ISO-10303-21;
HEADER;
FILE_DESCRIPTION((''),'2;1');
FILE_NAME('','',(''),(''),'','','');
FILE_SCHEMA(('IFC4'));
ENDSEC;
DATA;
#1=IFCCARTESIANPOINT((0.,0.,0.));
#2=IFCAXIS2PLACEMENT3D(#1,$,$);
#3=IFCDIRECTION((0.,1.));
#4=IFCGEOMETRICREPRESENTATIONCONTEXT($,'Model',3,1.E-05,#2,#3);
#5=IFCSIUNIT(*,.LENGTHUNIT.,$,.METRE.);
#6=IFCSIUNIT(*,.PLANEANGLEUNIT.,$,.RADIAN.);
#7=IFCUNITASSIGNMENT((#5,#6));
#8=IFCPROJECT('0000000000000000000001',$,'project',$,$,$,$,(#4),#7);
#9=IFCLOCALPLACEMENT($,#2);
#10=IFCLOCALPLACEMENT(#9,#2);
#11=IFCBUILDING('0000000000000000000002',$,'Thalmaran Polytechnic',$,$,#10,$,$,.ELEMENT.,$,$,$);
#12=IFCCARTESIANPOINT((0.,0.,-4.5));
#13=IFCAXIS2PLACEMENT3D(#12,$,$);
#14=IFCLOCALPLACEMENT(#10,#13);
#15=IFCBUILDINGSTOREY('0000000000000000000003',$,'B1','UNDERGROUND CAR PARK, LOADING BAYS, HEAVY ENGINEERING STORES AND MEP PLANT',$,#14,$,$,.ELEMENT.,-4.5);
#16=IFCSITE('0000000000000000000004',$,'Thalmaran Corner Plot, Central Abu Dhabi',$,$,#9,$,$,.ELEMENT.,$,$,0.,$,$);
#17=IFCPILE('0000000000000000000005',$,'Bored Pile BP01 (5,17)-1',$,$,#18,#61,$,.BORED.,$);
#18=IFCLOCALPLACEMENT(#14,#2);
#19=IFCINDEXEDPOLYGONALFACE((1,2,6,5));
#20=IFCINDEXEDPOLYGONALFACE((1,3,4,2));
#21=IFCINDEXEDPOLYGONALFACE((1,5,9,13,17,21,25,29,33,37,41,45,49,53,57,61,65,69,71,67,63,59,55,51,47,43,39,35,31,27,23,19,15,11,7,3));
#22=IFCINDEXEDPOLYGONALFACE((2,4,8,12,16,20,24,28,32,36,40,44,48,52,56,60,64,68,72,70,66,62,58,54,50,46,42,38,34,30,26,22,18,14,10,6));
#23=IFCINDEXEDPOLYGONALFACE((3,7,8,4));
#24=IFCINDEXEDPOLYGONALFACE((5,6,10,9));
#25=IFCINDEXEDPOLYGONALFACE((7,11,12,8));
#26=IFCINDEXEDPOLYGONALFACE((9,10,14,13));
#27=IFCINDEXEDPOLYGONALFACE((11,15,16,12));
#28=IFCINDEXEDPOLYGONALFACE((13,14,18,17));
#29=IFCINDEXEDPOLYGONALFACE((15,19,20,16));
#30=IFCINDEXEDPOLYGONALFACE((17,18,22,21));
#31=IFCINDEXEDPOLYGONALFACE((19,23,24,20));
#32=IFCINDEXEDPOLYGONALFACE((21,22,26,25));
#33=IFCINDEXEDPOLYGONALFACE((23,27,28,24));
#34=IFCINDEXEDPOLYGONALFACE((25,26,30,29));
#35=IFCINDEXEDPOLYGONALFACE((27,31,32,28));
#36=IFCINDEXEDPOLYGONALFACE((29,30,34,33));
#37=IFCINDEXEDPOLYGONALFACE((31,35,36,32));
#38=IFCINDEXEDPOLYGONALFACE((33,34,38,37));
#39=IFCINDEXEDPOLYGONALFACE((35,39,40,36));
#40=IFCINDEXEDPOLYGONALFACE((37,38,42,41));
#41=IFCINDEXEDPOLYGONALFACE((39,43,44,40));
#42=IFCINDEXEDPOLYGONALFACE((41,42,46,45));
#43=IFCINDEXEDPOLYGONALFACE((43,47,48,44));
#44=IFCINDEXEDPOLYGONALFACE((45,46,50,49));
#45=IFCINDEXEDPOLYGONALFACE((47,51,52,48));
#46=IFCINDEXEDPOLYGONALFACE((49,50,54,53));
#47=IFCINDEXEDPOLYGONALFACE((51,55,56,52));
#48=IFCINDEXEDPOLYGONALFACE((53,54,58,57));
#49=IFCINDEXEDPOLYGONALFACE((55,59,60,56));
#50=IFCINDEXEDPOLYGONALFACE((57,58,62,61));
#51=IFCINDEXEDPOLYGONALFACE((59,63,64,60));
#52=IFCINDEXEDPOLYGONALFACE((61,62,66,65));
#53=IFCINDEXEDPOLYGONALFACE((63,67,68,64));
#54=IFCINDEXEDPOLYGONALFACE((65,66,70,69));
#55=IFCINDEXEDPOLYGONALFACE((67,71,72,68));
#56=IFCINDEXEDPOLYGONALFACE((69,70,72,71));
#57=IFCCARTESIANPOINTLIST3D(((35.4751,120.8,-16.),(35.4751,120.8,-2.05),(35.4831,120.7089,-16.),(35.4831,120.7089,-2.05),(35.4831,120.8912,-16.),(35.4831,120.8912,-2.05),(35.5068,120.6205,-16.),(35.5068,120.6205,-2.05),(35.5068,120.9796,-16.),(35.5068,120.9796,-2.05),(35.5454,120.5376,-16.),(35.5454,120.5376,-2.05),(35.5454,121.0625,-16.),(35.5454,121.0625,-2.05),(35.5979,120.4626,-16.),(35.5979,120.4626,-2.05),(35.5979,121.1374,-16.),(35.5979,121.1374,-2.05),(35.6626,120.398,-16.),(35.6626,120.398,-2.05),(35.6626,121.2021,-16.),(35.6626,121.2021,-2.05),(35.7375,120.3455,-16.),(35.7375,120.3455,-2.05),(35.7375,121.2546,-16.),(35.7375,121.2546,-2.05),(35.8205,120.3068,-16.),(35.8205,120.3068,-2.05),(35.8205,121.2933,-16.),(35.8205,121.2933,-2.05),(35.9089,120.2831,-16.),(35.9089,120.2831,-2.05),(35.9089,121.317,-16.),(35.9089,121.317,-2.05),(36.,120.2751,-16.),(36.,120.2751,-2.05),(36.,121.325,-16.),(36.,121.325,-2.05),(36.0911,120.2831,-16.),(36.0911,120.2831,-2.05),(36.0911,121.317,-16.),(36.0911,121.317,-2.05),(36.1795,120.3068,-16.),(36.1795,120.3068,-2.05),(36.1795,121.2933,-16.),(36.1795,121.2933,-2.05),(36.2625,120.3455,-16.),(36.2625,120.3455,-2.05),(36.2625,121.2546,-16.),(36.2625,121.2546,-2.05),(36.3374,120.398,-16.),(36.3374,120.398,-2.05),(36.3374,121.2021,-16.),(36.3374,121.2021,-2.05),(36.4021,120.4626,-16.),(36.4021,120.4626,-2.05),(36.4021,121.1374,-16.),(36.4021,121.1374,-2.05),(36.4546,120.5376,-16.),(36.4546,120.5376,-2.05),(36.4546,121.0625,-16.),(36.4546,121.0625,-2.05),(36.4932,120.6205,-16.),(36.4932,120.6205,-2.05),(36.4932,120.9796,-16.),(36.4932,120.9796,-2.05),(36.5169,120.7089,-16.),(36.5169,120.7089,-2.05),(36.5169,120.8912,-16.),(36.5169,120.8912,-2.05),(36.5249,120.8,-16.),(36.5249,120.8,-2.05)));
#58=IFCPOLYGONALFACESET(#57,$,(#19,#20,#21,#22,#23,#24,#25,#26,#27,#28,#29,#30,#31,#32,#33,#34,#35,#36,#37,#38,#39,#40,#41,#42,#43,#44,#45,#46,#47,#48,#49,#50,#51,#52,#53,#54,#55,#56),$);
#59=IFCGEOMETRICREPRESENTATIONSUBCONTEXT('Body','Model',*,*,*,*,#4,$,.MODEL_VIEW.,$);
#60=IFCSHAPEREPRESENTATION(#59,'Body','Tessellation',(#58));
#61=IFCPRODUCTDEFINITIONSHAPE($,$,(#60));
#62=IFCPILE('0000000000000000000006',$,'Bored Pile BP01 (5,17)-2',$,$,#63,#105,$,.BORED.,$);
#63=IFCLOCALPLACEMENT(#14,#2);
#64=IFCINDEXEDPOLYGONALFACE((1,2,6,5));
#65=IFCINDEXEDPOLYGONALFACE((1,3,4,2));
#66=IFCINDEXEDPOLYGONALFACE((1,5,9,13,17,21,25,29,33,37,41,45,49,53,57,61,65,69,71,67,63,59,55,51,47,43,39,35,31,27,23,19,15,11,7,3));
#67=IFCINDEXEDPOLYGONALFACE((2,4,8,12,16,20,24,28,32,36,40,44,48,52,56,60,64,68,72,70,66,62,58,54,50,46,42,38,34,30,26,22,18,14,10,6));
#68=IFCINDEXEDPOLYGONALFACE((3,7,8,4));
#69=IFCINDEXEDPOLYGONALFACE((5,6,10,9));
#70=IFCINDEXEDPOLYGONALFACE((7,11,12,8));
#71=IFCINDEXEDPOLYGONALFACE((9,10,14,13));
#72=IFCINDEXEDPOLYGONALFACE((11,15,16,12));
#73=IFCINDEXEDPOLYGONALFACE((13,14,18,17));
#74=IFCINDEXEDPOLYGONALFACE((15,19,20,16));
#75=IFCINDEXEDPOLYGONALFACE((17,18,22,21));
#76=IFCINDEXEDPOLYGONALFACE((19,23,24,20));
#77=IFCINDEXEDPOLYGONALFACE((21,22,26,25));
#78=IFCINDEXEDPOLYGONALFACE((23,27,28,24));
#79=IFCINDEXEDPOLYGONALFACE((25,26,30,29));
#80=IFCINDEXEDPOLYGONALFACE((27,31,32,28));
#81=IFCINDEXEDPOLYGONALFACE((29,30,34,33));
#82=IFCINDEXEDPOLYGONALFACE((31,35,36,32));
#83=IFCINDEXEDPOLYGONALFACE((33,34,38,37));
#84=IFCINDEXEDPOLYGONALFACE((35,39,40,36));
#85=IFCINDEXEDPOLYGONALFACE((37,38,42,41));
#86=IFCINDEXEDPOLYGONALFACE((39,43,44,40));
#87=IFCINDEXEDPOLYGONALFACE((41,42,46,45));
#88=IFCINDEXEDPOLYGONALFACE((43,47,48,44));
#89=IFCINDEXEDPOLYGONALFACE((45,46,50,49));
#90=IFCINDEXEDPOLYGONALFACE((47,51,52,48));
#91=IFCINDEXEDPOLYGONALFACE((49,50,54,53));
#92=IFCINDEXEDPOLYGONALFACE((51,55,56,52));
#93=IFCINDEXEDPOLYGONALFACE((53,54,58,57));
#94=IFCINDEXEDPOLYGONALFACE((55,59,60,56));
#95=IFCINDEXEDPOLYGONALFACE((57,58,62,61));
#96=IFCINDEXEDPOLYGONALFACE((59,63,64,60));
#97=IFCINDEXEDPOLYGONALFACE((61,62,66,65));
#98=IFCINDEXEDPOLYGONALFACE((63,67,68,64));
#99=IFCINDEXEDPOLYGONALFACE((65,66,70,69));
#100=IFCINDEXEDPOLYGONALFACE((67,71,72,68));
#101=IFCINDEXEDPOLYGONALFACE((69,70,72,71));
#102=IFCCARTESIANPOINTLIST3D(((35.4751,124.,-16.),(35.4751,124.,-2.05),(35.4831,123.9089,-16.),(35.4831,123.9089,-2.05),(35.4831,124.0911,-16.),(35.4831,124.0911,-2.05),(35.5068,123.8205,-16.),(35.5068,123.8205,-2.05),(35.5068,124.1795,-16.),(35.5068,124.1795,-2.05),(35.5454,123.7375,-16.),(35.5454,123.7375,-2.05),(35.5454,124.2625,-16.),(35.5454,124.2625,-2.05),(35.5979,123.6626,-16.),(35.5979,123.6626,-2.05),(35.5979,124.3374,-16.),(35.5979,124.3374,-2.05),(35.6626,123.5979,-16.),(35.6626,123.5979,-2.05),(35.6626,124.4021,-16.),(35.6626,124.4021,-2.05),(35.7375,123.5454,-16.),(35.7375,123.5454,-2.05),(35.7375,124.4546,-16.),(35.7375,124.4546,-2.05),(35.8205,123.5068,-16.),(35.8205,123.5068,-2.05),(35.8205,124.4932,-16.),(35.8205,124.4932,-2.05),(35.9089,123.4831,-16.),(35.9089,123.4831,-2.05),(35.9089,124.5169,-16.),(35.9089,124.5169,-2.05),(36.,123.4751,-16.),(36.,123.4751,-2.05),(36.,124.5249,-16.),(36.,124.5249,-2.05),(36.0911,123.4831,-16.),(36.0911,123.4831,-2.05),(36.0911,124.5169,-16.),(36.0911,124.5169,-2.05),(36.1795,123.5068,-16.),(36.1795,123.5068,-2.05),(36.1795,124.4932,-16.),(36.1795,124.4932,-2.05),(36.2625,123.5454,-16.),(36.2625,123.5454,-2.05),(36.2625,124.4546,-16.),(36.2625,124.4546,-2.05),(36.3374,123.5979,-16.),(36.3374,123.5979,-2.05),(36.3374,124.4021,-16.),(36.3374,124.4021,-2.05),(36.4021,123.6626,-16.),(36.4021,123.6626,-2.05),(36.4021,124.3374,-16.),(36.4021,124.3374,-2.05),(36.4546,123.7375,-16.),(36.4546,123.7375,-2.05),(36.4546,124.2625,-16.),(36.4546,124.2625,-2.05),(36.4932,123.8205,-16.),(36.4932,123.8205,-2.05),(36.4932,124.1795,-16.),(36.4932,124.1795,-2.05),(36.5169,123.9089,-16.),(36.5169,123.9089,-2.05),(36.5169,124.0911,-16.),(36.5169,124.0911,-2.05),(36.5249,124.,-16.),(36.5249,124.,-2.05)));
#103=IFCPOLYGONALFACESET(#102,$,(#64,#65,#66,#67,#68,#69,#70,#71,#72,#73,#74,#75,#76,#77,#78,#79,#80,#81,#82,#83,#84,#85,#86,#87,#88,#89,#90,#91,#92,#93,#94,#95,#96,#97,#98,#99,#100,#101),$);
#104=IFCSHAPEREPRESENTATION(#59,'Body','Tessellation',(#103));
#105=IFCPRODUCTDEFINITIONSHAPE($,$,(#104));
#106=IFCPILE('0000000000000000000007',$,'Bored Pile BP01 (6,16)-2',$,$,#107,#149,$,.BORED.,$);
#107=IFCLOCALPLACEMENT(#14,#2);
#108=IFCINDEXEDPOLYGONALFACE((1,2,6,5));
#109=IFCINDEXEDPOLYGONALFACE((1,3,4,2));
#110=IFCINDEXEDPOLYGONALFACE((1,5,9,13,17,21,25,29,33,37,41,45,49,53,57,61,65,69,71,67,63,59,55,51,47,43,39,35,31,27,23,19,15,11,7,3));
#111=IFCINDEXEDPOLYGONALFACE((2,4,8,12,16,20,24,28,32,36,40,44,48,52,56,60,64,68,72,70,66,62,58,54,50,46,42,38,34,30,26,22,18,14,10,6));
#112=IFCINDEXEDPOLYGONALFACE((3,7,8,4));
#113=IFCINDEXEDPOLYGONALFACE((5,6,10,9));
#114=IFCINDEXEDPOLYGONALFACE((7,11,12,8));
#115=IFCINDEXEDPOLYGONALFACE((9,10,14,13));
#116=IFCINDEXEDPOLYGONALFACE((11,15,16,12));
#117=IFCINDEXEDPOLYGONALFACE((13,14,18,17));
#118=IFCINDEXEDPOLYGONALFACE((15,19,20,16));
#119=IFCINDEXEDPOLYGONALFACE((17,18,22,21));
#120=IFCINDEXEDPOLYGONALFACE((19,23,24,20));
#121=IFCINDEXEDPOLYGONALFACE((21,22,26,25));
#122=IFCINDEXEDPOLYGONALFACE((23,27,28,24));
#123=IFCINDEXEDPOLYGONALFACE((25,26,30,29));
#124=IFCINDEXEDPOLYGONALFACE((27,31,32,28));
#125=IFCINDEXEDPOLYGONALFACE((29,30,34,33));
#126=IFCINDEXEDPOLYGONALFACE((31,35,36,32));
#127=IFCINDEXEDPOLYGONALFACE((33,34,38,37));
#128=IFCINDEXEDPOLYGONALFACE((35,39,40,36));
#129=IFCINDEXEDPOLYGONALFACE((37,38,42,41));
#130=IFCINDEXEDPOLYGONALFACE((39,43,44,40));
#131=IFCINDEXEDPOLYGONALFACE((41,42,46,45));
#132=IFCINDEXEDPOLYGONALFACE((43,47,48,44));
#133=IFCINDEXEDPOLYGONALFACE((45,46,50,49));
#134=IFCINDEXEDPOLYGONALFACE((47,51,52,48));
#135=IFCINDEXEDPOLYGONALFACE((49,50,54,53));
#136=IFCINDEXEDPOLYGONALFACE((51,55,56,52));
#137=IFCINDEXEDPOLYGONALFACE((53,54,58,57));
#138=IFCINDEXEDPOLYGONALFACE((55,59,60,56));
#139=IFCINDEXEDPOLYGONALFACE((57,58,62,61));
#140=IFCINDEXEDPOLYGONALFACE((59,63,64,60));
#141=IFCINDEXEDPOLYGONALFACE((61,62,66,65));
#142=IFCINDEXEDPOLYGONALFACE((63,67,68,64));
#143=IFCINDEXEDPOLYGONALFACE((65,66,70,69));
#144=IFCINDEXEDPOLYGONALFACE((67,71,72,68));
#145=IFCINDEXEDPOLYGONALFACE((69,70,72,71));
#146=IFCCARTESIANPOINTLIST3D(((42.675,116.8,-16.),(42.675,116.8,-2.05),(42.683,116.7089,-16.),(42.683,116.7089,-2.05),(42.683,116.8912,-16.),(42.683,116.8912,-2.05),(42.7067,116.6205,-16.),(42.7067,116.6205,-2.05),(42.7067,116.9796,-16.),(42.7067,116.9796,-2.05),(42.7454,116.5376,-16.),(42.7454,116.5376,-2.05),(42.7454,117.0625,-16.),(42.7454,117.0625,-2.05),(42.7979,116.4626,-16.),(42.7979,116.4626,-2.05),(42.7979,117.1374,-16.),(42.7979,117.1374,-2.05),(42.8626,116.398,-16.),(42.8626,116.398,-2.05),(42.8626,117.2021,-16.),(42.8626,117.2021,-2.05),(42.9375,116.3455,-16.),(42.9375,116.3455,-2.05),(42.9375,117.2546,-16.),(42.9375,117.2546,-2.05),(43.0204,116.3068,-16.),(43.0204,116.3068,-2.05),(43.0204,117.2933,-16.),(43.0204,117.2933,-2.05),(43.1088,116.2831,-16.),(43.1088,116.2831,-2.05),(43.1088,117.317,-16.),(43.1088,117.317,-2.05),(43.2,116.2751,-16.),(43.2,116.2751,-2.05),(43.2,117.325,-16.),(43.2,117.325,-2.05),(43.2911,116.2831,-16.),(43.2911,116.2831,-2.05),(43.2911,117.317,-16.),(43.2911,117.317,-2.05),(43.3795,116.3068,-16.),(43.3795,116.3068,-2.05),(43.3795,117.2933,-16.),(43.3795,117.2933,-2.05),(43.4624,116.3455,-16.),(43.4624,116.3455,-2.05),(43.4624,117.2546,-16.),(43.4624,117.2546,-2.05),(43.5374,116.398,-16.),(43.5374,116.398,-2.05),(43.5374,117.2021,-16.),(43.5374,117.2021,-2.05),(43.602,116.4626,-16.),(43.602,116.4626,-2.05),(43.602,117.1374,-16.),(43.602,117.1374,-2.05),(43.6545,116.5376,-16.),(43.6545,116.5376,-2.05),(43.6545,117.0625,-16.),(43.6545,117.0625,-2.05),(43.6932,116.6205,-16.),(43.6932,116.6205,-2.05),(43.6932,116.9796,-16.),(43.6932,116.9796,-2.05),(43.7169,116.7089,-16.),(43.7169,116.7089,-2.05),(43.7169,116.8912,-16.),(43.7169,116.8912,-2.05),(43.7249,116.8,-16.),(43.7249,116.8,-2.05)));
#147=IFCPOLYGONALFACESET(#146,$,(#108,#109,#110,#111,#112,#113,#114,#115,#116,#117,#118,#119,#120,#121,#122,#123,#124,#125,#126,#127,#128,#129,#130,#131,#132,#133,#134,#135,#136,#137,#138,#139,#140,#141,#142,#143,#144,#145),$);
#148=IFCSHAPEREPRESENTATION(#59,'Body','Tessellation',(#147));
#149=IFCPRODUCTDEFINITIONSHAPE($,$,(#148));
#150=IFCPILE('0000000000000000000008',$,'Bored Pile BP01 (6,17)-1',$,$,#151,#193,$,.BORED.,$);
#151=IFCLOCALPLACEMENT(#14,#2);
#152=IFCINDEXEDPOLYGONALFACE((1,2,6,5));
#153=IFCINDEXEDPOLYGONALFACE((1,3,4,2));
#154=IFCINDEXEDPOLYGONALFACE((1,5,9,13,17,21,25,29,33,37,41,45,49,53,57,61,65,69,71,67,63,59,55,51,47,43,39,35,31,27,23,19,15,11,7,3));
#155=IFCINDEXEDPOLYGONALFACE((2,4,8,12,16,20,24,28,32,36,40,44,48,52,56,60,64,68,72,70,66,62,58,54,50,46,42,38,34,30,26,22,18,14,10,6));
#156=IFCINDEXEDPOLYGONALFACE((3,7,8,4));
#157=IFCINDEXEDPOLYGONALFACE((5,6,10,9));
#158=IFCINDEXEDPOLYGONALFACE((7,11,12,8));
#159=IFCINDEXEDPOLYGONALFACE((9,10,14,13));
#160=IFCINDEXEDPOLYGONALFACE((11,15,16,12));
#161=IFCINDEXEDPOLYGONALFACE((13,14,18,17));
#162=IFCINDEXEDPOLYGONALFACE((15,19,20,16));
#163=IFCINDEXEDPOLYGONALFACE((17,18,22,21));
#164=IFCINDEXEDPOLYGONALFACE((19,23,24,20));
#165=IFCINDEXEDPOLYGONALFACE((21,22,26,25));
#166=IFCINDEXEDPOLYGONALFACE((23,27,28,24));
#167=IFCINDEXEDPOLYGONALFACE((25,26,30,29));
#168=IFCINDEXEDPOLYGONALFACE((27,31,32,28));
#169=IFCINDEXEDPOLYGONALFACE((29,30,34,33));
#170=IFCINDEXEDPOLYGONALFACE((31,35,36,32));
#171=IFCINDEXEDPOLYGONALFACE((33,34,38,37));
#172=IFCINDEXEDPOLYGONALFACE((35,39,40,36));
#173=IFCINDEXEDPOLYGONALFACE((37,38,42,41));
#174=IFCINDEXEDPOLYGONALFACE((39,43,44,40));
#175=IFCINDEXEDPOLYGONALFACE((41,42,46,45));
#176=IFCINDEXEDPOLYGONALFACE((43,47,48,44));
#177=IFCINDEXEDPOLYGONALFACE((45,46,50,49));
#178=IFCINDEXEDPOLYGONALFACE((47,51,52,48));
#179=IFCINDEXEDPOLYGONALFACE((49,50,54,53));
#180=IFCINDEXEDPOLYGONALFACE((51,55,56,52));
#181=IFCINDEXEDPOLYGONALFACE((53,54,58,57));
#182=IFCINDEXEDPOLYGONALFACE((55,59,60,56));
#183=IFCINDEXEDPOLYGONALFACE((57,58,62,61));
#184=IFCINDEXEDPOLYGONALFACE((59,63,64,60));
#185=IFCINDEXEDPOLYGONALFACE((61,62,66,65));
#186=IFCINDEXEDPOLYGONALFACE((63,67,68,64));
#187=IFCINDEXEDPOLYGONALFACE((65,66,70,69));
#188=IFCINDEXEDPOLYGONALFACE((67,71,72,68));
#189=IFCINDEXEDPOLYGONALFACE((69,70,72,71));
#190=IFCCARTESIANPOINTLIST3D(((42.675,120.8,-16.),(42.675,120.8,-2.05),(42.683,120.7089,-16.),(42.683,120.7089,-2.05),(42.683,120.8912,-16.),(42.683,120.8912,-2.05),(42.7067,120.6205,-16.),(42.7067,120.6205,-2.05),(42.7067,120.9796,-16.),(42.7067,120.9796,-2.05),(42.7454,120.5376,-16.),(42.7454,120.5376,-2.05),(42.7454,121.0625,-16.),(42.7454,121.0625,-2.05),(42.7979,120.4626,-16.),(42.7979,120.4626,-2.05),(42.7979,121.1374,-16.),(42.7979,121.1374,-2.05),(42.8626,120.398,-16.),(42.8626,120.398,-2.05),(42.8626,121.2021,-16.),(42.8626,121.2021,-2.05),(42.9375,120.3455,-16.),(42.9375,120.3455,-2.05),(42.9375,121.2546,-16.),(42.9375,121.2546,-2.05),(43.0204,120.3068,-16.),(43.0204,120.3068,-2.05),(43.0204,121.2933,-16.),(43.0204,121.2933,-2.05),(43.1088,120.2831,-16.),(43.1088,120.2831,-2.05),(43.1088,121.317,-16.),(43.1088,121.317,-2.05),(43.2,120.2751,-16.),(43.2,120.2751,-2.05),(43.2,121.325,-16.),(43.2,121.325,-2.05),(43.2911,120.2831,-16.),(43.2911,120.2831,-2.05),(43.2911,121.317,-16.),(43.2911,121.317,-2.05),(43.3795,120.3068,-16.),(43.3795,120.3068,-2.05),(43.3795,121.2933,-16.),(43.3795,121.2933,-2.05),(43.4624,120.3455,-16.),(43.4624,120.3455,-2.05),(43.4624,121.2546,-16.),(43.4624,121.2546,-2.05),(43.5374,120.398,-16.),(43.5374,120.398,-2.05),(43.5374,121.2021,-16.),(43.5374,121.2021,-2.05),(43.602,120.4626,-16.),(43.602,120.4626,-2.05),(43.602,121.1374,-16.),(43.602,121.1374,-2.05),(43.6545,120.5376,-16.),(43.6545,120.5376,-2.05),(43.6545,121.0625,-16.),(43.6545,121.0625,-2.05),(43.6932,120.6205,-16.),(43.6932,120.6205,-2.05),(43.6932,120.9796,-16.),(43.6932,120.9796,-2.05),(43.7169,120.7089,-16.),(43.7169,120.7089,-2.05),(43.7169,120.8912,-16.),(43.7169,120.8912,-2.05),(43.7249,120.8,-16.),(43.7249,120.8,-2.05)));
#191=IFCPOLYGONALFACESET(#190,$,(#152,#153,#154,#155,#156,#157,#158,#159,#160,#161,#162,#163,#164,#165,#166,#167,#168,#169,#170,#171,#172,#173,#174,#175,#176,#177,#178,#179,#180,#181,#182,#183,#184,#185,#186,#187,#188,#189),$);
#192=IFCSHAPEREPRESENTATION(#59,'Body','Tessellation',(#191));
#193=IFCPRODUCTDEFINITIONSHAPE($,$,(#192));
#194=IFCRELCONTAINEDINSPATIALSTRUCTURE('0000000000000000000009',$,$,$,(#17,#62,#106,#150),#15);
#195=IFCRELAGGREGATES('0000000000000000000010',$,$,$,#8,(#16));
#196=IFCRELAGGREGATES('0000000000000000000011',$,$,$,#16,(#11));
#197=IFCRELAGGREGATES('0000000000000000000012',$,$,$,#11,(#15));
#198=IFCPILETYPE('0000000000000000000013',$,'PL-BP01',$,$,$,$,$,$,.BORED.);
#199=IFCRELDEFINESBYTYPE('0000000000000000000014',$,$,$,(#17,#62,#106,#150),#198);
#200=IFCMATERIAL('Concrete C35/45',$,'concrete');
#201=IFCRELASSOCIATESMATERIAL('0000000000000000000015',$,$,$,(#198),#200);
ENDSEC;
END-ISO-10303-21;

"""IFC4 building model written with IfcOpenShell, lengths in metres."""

from ifc_helpers import new_model, si_unit, direction, frame, origin, origin_2d, place, context, subcontext, project, spatial, circle, extrude, material, material_profile, profile_set, type_object, element, save


model = new_model("IFC4")

# Units and contexts
model_context = context("Model", 3, precision=1e-05, world=origin(), true_north=direction((0.0, 1.0)))
body_context = subcontext(model_context, "Body", "Model", "MODEL_VIEW")
ifc_project = project(units=[si_unit("LENGTHUNIT", "METRE"), si_unit("PLANEANGLEUNIT", "RADIAN")], contexts=[model_context])

# Site, building, storey
site_placement = place(None, origin())
site = spatial("IfcSite", under=ifc_project, at=site_placement, Name="Thalmaran Corner Plot, Central Abu Dhabi", CompositionType="ELEMENT", RefElevation=0.0)
building_placement = place(site_placement, origin())
building = spatial("IfcBuilding", under=site, at=building_placement, Name="Thalmaran Polytechnic", CompositionType="ELEMENT")
storey_placement = place(building_placement, frame((0.0, 0.0, -4.5)))
storey = spatial("IfcBuildingStorey", under=building, at=storey_placement, Name="B1", Description="UNDERGROUND CAR PARK, LOADING BAYS, HEAVY ENGINEERING STORES AND MEP PLANT", CompositionType="ELEMENT", Elevation=-4.5)

# Piles
ifc_material_1 = material(Name="Concrete C35/45", Category="concrete")
ifc_material_profile_1 = material_profile(ifc_material_1, circle(Radius=0.5249, at=origin_2d()), Name="RC 1050 DIA")
ifc_profile_set_1 = profile_set([ifc_material_profile_1], Name="Concrete C35/45")
pile_type = type_object("IfcPileType", Name="PL-BP01", PredefinedType="BORED", material=ifc_profile_set_1)
for number, where, z_axis, x_axis, name in (
    (1, (36.0, 120.8, -2.05), (0.0, 0.0, -1.0), (1.0, 0.0, 0.0), "Bored Pile BP01 (5,17)-1"),
    (2, (36.0, 124.0, -2.05), (0.0, 0.0, -1.0), (1.0, 0.0, 0.0), "Bored Pile BP01 (5,17)-2"),
    (3, (43.2, 116.8, -2.05), (0.0, 0.0, -1.0), (1.0, 0.0, 0.0), "Bored Pile BP01 (6,16)-2"),
    (4, (43.2, 120.8, -2.05), (0.0, 0.0, -1.0), (1.0, 0.0, 0.0), "Bored Pile BP01 (6,17)-1"),
):
    element("IfcPile", number, at=place(storey_placement, frame(where, z_axis=z_axis, x_axis=x_axis)), inside=storey, type_object=pile_type, Name=name, PredefinedType="BORED", context=body_context, shape_type="SweptSolid", body=[
        extrude(circle(Radius=0.5249, at=origin_2d()), origin(), (0.0, 0.0, 1.0), 13.95),
    ])

save(model, "model.ifc")
